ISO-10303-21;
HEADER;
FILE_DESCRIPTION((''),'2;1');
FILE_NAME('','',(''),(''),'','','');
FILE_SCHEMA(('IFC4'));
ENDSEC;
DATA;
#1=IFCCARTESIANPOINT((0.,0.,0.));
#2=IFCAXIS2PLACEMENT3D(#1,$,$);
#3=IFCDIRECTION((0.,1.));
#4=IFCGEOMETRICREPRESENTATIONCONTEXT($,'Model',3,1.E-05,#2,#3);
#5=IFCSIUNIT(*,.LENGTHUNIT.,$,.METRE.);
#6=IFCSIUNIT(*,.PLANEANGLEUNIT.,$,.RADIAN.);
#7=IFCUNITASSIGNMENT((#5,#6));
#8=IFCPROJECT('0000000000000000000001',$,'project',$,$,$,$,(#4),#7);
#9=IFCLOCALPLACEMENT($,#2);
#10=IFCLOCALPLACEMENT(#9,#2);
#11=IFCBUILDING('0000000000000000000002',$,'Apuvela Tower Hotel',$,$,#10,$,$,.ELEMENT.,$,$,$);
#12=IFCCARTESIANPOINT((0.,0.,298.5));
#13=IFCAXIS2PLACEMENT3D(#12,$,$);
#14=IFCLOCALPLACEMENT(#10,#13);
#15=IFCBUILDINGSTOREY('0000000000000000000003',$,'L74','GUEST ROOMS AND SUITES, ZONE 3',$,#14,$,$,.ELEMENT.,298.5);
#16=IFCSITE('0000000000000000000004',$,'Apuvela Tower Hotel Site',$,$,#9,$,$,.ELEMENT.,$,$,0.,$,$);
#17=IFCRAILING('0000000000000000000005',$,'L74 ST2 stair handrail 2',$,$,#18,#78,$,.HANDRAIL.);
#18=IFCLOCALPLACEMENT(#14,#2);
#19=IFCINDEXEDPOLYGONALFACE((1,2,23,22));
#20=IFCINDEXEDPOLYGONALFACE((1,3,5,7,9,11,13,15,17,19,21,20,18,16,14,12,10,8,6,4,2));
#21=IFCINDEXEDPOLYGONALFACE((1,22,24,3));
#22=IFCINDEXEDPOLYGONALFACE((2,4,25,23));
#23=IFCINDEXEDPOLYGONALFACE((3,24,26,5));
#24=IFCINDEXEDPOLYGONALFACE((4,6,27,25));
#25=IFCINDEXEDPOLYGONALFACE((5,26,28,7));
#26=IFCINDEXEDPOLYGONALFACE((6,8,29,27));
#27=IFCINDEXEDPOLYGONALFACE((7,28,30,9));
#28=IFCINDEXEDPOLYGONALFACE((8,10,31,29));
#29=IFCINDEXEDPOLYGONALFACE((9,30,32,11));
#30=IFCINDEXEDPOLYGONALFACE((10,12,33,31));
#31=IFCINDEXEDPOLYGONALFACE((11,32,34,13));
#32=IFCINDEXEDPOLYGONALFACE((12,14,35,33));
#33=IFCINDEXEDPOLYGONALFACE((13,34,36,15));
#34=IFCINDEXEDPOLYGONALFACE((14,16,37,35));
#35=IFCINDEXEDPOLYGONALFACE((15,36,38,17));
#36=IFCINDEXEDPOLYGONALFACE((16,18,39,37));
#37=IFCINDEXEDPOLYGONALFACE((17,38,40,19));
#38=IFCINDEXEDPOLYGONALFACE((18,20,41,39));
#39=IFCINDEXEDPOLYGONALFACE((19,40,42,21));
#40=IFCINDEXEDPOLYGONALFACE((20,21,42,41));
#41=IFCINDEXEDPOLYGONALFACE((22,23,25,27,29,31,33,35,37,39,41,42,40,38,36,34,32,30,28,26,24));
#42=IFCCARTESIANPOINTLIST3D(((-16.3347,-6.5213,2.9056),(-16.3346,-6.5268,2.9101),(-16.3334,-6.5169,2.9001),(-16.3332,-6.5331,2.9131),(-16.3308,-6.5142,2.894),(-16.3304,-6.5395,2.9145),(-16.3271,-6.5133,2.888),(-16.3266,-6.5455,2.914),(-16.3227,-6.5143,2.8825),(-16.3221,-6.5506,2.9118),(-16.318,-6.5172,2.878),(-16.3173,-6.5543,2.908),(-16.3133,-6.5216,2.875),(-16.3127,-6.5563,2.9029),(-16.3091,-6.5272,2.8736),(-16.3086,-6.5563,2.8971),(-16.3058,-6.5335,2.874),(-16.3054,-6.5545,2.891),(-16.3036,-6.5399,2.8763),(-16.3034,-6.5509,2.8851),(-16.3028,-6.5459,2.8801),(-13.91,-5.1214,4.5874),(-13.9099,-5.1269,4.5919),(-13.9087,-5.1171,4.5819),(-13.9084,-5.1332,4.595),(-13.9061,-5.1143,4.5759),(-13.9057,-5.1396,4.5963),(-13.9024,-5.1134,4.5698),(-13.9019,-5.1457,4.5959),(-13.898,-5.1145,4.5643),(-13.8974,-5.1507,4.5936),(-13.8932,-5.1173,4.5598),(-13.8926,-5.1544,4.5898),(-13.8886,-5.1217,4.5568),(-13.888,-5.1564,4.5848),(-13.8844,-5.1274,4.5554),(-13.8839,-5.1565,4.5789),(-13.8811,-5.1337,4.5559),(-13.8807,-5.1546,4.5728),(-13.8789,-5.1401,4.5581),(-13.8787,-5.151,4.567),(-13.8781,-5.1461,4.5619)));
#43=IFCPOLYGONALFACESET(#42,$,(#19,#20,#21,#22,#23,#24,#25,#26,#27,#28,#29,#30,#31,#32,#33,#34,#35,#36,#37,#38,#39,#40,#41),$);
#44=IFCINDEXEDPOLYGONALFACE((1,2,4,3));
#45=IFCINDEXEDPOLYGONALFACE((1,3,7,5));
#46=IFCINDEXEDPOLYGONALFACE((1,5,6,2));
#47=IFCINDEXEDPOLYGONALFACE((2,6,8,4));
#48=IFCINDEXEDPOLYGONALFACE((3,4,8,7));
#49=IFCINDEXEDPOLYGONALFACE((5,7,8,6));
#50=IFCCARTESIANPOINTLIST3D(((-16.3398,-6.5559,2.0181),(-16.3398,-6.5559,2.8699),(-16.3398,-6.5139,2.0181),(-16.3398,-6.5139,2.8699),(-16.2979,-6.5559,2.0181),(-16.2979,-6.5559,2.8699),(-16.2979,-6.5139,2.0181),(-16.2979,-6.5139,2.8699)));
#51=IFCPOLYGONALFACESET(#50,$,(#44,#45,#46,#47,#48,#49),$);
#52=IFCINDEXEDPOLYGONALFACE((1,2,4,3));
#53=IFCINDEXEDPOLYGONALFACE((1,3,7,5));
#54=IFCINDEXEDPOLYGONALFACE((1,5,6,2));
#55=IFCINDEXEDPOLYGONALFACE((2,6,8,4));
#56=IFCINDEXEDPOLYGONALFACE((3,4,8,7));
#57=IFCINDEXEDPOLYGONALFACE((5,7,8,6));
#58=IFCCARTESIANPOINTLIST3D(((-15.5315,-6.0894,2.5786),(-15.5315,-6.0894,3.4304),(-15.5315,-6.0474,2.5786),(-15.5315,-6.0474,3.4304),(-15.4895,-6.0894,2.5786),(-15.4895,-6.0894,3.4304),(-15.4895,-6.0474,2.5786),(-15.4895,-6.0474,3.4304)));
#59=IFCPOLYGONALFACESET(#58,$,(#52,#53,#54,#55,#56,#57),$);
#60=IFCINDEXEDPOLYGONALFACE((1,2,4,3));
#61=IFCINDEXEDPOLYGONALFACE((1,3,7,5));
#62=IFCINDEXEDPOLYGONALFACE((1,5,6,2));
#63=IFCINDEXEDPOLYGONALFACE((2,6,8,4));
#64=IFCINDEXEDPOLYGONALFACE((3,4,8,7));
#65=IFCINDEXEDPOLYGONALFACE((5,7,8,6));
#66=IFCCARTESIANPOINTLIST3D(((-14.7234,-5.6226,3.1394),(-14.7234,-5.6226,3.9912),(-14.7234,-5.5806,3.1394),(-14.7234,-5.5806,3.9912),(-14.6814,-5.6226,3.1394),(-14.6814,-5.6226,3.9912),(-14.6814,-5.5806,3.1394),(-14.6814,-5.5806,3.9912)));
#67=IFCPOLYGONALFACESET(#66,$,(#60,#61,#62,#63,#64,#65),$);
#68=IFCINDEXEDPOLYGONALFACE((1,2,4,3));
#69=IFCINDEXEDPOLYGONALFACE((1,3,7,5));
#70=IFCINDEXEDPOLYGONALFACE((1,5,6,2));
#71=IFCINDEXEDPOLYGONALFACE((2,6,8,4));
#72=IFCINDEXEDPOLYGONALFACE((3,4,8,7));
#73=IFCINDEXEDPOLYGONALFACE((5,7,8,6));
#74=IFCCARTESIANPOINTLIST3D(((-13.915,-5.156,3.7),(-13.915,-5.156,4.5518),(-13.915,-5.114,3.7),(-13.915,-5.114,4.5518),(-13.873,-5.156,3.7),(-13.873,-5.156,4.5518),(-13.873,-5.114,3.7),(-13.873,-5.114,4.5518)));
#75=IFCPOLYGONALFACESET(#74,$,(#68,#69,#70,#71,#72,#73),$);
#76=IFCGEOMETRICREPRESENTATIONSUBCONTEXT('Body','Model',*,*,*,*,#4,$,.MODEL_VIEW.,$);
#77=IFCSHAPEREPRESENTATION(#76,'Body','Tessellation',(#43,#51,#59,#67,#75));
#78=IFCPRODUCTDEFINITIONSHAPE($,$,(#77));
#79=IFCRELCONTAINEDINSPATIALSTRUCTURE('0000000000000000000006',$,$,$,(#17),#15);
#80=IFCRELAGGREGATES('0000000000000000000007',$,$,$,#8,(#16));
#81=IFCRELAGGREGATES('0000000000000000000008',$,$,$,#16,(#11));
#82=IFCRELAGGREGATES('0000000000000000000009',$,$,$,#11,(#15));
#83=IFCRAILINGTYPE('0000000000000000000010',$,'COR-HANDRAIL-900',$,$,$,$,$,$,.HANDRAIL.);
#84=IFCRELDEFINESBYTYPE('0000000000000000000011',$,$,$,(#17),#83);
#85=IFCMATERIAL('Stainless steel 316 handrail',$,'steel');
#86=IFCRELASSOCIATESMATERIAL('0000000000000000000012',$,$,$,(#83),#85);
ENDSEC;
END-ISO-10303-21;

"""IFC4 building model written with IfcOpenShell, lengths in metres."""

from ifc_helpers import new_model, si_unit, direction, frame, origin, origin_2d, place, context, subcontext, project, spatial, rectangle, circle, extrude, material, type_object, element, save


model = new_model("IFC4")

# Units and contexts
model_context = context("Model", 3, precision=1e-05, world=origin(), true_north=direction((0.0, 1.0)))
body_context = subcontext(model_context, "Body", "Model", "MODEL_VIEW")
ifc_project = project(units=[si_unit("LENGTHUNIT", "METRE"), si_unit("PLANEANGLEUNIT", "RADIAN")], contexts=[model_context])

# Site, building, storey
site_placement = place(None, origin())
site = spatial("IfcSite", under=ifc_project, at=site_placement, Name="Apuvela Tower Hotel Site", CompositionType="ELEMENT", RefElevation=0.0)
building_placement = place(site_placement, origin())
building = spatial("IfcBuilding", under=site, at=building_placement, Name="Apuvela Tower Hotel", CompositionType="ELEMENT")
storey_placement = place(building_placement, frame((0.0, 0.0, 298.5)))
storey = spatial("IfcBuildingStorey", under=building, at=storey_placement, Name="L74", Description="GUEST ROOMS AND SUITES, ZONE 3", CompositionType="ELEMENT", Elevation=298.5)

# Railing
ifc_material_1 = material(Name="Stainless steel 316 handrail", Category="steel")
railing_type_1 = type_object("IfcRailingType", Name="COR-HANDRAIL-900", PredefinedType="HANDRAIL", material=ifc_material_1)
railing_1_placement = place(storey_placement, frame((-16.3188, -6.5349, 2.0181)))
element("IfcRailing", 1, at=railing_1_placement, inside=storey, type_object=railing_type_1, Name="L74 ST2 stair handrail 2", PredefinedType="HANDRAIL", context=body_context, shape_type="SweptSolid", body=[
    extrude(circle(Radius=0.0239, at=origin_2d()), frame((0.0, 0.0, 0.876), z_axis=(0.74239, 0.428601, 0.514934), x_axis=(-0.499984, 0.866035, 0.0)), (0.0, 0.0, 1.0), 3.2661),
    extrude(rectangle(XDim=0.042, YDim=0.042, at=origin_2d()), origin(), (0.0, 0.0, 1.0), 0.8518),
    extrude(rectangle(XDim=0.042, YDim=0.042, at=origin_2d()), frame((0.8083, 0.4666, 0.5605)), (0.0, 0.0, 1.0), 0.8518),
    extrude(rectangle(XDim=0.042, YDim=0.042, at=origin_2d()), frame((1.6165, 0.9333, 1.1213)), (0.0, 0.0, 1.0), 0.8518),
    extrude(rectangle(XDim=0.042, YDim=0.042, at=origin_2d()), frame((2.4248, 1.3999, 1.6819)), (0.0, 0.0, 1.0), 0.8518),
])

save(model, "model.ifc")
